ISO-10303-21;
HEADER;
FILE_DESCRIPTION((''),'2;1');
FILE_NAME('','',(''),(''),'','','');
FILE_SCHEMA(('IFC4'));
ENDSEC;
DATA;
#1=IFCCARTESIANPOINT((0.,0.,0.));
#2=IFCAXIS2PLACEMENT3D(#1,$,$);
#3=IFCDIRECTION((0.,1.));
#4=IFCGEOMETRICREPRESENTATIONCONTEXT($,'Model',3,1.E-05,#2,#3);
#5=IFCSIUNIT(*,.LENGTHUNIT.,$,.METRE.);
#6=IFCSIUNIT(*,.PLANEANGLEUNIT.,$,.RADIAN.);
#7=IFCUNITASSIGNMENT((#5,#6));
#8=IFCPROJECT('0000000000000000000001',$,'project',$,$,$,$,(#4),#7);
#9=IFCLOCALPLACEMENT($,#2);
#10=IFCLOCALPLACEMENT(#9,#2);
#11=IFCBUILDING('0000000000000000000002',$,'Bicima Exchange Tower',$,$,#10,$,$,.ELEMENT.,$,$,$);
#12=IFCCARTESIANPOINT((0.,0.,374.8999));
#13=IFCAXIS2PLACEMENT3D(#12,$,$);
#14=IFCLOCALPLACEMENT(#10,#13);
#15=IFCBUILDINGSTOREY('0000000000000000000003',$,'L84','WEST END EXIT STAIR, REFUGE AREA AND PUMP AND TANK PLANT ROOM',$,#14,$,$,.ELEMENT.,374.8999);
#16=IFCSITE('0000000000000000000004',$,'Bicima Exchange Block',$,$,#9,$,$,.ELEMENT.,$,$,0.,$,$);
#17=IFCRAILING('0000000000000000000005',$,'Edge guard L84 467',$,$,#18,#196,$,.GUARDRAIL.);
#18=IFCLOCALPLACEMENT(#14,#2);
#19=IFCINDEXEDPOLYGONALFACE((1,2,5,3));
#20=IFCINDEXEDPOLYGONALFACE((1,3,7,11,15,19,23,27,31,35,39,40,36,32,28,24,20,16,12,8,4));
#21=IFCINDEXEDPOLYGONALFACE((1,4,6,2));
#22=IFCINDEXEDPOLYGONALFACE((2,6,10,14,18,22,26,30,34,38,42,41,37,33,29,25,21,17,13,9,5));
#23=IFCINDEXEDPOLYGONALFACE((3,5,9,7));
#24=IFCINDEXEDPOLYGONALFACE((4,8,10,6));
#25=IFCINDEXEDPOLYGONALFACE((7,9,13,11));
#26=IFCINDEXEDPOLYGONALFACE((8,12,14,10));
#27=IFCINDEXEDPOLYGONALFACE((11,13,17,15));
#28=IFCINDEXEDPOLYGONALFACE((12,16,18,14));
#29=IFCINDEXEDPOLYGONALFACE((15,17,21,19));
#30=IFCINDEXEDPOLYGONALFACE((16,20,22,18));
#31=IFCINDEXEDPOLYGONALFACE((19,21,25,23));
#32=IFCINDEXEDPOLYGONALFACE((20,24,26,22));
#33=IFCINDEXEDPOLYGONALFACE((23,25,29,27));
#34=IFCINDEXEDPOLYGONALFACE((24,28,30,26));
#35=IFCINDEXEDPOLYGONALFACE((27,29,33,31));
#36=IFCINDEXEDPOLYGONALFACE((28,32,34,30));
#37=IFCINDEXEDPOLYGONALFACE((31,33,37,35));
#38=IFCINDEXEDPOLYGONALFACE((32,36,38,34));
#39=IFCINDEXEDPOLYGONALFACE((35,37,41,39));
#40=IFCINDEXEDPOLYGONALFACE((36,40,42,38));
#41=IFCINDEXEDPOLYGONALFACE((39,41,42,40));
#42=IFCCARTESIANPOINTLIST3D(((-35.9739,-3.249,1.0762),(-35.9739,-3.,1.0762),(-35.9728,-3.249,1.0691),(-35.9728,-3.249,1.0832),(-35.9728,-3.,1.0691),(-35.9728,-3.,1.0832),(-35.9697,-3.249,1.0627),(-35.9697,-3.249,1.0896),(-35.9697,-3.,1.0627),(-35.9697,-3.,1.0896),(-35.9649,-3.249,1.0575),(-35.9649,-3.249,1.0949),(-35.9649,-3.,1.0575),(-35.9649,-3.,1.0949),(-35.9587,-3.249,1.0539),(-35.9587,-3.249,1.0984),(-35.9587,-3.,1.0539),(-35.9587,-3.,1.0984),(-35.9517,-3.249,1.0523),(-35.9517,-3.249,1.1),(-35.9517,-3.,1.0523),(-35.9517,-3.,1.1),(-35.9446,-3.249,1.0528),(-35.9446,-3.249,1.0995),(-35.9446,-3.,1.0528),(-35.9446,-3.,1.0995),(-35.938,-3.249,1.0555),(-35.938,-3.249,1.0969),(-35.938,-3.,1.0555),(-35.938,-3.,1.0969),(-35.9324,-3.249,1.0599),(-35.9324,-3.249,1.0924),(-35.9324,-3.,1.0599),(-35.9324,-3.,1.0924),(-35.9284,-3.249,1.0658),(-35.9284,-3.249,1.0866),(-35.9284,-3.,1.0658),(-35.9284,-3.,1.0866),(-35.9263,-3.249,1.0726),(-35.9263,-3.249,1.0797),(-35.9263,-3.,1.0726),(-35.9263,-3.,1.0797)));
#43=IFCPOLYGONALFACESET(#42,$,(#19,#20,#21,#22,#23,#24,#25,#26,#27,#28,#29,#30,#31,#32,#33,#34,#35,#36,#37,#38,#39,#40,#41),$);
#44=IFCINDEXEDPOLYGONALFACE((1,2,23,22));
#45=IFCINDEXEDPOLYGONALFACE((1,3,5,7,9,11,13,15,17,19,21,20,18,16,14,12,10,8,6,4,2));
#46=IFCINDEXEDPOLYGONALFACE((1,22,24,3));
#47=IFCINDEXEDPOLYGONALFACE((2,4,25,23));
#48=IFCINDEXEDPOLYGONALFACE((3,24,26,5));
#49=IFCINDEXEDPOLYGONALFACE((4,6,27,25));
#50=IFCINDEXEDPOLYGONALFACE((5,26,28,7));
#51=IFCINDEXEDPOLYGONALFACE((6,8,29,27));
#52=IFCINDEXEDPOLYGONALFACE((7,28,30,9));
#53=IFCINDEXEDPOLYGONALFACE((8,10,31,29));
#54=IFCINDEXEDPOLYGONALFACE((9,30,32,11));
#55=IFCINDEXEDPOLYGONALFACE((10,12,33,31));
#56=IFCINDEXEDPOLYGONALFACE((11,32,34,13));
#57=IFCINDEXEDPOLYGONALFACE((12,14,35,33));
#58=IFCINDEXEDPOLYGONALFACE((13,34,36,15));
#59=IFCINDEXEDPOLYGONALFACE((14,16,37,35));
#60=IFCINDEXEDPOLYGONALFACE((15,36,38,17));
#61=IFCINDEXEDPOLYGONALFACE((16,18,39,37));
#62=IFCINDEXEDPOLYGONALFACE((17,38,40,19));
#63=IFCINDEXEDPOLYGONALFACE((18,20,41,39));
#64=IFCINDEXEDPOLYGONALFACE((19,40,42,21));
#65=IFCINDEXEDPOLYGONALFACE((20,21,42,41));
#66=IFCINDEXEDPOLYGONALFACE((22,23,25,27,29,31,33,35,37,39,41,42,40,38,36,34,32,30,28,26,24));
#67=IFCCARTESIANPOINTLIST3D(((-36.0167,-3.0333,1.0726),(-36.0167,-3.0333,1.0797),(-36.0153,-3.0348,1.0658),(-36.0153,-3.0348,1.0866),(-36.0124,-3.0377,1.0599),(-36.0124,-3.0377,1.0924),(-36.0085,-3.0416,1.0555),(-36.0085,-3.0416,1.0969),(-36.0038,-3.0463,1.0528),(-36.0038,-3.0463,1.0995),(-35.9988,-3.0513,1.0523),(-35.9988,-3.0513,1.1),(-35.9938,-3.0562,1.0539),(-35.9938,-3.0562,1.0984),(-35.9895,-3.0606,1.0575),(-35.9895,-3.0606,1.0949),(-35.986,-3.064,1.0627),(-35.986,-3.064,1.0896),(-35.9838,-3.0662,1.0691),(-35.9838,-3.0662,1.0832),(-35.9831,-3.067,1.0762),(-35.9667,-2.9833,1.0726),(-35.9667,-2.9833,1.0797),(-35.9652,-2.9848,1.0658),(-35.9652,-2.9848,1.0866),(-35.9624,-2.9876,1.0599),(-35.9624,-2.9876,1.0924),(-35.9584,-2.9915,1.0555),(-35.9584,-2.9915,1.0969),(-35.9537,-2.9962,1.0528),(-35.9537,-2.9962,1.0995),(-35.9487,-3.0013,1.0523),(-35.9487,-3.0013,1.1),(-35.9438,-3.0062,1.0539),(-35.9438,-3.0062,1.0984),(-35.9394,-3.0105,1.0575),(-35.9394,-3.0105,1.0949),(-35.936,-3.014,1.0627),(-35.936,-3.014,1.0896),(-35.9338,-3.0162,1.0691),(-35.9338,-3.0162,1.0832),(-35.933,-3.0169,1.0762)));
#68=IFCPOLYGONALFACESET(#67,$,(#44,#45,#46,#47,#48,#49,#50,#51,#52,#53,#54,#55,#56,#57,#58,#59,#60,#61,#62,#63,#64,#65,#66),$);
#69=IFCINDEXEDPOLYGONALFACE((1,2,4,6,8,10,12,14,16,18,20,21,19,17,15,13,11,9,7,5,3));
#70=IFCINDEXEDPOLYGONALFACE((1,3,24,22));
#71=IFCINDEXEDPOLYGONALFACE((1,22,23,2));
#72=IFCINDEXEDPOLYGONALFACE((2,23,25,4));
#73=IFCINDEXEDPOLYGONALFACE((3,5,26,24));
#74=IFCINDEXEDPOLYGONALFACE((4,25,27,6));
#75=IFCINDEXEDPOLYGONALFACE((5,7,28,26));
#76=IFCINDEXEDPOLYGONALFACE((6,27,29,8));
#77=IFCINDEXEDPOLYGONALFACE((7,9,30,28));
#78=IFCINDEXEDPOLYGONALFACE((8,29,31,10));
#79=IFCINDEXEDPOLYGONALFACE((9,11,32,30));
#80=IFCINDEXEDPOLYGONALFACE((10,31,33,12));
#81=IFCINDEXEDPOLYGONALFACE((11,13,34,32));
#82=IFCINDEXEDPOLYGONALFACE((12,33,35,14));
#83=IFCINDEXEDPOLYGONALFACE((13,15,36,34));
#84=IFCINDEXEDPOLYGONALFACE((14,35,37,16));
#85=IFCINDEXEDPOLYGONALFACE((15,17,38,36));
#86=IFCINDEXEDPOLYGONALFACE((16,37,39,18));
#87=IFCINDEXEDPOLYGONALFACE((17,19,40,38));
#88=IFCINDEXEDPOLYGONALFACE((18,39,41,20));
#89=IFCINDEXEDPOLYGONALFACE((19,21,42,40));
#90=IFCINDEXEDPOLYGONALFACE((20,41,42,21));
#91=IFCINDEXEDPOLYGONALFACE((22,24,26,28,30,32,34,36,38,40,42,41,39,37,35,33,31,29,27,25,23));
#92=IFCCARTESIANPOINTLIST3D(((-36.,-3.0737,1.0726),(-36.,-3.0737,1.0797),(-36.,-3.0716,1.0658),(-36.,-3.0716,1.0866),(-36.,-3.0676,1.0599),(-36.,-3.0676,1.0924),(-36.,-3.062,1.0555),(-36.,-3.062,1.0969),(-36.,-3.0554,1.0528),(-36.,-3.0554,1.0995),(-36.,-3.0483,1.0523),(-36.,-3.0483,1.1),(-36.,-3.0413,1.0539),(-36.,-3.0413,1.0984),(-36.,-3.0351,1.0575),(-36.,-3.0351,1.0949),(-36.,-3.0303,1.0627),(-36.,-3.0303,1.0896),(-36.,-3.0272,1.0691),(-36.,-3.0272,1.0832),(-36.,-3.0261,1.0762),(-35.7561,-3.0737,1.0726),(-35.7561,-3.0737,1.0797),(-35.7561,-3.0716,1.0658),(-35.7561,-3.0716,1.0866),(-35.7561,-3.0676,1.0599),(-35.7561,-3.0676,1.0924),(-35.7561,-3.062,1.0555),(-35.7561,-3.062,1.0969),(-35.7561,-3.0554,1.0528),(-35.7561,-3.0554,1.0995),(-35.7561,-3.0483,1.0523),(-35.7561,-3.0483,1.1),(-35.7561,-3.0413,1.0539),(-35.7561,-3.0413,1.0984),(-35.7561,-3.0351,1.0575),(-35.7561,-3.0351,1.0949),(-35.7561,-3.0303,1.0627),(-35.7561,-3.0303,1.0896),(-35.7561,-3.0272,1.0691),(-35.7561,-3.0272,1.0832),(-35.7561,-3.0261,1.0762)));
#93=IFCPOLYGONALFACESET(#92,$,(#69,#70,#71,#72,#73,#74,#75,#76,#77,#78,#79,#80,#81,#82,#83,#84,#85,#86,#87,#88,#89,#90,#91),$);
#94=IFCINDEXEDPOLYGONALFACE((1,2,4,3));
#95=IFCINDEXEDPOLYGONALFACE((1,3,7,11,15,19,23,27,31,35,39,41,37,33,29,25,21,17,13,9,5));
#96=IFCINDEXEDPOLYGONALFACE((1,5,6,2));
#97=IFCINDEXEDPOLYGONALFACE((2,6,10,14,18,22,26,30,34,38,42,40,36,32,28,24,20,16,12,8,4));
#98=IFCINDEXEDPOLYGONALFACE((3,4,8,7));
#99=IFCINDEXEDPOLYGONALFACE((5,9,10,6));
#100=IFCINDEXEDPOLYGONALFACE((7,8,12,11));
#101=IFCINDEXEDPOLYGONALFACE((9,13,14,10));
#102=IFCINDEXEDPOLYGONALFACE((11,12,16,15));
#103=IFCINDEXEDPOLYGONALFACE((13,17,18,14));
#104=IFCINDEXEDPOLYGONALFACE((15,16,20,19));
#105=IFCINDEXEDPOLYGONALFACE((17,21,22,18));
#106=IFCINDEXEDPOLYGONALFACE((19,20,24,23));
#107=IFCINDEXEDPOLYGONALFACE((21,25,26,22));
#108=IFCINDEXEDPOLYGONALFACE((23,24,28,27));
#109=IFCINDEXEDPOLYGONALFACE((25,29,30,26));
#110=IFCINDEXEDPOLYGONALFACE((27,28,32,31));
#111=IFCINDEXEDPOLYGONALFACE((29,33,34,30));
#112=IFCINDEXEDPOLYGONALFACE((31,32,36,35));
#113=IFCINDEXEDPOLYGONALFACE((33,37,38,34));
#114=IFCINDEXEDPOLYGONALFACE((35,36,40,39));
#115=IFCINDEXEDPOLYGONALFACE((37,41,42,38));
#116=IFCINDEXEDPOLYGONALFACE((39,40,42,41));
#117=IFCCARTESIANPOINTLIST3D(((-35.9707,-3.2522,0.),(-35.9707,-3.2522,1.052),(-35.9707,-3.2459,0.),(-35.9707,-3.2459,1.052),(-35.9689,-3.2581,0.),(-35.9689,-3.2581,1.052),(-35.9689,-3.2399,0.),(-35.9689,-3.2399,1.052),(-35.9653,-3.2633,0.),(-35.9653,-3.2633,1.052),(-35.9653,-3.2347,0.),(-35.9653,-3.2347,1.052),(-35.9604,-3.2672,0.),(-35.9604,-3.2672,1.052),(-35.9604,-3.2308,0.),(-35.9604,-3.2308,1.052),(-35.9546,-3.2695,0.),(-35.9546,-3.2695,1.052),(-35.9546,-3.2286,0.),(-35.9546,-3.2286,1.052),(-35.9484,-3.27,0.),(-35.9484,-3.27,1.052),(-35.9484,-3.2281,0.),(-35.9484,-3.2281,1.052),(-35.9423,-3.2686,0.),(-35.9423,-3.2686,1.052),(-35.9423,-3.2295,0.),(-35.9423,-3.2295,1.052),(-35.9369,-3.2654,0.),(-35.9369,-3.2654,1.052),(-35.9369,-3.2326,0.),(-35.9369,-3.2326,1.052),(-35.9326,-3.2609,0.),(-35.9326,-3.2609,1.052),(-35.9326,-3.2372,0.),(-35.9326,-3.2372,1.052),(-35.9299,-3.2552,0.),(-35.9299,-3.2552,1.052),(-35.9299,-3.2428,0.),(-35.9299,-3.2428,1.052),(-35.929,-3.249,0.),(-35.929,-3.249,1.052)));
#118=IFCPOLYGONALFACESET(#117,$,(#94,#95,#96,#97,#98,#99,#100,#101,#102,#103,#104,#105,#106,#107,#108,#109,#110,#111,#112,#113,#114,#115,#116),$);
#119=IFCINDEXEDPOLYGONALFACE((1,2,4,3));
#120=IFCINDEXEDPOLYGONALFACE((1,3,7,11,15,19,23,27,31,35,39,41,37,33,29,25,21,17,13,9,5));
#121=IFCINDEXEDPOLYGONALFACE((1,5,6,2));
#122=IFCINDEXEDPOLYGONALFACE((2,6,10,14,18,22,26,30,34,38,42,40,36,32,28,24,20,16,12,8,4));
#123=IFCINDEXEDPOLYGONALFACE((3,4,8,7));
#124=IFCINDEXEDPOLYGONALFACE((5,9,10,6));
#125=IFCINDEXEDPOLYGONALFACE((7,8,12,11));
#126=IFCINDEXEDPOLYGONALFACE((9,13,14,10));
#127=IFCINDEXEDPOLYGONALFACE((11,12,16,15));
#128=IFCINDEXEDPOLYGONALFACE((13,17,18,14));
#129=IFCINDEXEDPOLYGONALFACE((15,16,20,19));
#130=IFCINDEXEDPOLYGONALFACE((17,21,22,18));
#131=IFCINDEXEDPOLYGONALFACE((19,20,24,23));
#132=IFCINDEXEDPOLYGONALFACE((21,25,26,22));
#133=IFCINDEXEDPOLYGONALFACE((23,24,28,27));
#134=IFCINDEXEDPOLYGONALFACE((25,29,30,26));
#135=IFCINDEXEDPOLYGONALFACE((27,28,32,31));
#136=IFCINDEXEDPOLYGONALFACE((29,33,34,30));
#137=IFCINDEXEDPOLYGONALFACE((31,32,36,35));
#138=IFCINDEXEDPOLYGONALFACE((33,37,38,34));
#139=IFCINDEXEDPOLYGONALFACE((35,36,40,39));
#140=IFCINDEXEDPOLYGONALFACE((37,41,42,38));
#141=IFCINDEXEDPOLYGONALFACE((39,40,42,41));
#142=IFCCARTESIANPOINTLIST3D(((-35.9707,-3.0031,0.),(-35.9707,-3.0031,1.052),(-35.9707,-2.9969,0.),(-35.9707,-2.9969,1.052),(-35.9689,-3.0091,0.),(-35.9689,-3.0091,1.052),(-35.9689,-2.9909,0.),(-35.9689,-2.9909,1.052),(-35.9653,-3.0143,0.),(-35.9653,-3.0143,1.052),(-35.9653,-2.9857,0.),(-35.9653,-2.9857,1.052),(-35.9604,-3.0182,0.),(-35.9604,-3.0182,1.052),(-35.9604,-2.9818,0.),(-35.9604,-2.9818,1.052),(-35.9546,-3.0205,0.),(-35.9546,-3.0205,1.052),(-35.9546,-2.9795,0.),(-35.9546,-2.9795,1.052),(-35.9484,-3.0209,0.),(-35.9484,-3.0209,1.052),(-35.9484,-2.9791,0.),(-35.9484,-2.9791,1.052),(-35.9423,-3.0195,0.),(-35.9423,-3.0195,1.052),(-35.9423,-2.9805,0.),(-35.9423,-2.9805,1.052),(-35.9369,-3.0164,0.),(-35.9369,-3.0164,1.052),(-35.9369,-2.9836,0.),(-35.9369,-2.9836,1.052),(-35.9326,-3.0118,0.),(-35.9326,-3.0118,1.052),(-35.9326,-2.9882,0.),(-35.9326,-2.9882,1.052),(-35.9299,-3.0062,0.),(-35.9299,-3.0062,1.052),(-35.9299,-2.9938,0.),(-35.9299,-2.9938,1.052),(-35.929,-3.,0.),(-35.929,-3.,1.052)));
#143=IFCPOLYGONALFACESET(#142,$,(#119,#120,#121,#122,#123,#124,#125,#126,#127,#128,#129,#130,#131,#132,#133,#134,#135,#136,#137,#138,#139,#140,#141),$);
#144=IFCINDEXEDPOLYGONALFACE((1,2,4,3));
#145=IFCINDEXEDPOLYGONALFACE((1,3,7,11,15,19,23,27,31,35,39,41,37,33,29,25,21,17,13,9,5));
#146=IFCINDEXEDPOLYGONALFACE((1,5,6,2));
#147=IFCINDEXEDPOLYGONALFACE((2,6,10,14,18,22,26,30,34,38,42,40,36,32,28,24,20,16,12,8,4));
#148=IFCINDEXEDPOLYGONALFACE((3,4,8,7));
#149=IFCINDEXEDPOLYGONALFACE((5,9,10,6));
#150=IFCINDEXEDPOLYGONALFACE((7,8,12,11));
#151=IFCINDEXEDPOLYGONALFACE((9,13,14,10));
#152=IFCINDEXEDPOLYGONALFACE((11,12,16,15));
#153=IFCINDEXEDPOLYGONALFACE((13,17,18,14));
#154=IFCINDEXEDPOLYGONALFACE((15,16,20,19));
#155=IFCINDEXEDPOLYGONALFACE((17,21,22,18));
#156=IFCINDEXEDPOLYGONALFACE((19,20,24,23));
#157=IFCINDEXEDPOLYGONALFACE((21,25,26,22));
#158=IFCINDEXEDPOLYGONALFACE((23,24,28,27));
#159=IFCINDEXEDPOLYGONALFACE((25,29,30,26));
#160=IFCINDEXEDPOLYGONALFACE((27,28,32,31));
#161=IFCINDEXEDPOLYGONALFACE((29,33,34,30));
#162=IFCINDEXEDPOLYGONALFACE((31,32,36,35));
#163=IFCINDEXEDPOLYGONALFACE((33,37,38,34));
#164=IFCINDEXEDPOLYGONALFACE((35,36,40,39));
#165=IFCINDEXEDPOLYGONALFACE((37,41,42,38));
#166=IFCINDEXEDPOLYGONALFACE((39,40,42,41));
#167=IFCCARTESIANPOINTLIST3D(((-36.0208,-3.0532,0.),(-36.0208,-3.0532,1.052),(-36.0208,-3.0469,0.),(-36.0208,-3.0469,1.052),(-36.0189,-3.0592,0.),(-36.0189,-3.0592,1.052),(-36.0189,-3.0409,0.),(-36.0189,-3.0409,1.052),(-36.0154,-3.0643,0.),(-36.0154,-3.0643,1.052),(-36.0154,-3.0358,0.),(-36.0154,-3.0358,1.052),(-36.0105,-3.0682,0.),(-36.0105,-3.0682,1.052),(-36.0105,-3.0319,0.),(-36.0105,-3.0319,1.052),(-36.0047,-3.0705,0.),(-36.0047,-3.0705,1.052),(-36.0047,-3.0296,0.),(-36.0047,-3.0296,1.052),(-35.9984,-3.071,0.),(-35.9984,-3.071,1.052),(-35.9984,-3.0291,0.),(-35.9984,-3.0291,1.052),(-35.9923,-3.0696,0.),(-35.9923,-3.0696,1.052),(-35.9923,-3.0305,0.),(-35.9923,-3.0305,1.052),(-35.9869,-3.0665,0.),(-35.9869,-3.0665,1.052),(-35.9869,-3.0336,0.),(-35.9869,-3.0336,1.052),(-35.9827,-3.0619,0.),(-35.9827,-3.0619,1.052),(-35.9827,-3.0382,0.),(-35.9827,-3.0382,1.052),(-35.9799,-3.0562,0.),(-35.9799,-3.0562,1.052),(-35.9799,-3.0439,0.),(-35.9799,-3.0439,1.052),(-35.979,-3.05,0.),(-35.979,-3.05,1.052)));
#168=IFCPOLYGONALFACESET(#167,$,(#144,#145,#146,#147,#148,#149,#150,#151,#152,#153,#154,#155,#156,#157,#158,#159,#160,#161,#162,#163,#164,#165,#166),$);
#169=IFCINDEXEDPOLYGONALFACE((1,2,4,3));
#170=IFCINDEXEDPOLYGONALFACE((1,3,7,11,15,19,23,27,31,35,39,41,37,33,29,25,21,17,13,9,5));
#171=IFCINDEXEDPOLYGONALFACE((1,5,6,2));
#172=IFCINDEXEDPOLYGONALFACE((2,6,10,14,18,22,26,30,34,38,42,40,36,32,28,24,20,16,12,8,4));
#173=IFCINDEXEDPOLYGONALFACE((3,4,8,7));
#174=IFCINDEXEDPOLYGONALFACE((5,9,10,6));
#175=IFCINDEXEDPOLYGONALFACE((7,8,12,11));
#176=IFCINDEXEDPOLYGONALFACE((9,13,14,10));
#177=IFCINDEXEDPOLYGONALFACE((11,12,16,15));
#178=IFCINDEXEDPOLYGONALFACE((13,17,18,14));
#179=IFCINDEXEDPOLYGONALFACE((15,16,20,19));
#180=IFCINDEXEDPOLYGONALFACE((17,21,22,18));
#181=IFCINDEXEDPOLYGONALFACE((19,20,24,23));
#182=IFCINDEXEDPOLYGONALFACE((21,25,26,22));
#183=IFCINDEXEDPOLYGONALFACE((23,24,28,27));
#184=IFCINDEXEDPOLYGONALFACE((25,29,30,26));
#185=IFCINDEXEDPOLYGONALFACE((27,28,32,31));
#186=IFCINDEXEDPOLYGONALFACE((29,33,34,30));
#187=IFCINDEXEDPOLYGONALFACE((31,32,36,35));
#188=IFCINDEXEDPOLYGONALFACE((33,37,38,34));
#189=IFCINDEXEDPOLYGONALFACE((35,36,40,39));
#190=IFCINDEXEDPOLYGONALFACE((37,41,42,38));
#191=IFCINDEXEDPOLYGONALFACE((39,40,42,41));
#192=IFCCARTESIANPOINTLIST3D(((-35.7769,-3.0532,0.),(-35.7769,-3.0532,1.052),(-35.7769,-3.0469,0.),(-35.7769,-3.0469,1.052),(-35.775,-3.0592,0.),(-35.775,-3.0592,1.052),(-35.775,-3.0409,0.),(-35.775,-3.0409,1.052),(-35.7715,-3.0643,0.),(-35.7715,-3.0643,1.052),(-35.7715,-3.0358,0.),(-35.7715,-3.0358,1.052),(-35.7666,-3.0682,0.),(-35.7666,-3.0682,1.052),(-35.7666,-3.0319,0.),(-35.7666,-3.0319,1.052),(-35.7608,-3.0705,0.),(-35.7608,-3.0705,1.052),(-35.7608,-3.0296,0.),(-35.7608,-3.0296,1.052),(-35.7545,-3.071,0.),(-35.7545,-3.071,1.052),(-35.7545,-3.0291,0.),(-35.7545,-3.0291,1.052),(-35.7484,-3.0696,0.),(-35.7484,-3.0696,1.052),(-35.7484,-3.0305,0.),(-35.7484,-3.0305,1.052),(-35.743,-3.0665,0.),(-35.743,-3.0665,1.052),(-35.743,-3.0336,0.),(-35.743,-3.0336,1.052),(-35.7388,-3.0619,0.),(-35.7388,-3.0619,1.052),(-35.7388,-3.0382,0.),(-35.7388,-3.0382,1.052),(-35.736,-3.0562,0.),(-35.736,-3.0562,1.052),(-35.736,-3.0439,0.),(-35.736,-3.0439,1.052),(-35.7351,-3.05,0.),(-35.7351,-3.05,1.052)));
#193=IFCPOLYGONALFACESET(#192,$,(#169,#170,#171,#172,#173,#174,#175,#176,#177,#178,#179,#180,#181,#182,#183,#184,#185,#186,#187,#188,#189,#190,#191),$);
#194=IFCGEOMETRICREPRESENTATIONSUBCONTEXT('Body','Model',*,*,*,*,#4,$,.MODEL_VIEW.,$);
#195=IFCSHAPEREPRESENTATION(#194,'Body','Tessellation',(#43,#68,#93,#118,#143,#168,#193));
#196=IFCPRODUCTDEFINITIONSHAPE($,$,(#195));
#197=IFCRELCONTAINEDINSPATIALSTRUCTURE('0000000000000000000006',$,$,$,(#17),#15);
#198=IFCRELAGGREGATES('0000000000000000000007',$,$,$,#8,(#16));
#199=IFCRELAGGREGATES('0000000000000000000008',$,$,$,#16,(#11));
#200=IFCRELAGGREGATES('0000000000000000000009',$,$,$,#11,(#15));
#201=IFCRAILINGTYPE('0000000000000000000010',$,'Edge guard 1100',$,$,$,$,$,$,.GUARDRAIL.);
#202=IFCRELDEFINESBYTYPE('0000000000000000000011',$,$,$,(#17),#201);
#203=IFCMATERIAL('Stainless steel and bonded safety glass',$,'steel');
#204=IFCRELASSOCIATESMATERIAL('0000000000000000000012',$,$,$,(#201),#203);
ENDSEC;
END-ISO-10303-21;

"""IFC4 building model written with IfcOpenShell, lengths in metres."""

from ifc_helpers import new_model, si_unit, direction, frame, origin, origin_2d, place, context, subcontext, project, spatial, circle, extrude, material, type_object, element, save


model = new_model("IFC4")

# Units and contexts
model_context = context("Model", 3, precision=1e-05, world=origin(), true_north=direction((0.0, 1.0)))
body_context = subcontext(model_context, "Body", "Model", "MODEL_VIEW")
ifc_project = project(units=[si_unit("LENGTHUNIT", "METRE"), si_unit("PLANEANGLEUNIT", "RADIAN")], contexts=[model_context])

# Site, building, storey
site_placement = place(None, origin())
site = spatial("IfcSite", under=ifc_project, at=site_placement, Name="Bicima Exchange Block", CompositionType="ELEMENT", RefElevation=0.0)
building_placement = place(site_placement, origin())
building = spatial("IfcBuilding", under=site, at=building_placement, Name="Bicima Exchange Tower", CompositionType="ELEMENT")
storey_placement = place(building_placement, frame((0.0, 0.0, 374.8999)))
storey = spatial("IfcBuildingStorey", under=building, at=storey_placement, Name="L84", Description="WEST END EXIT STAIR, REFUGE AREA AND PUMP AND TANK PLANT ROOM", CompositionType="ELEMENT", Elevation=374.8999)

# Railing
ifc_material_1 = material(Name="Stainless steel and bonded safety glass", Category="steel")
railing_type = type_object("IfcRailingType", Name="Edge guard 1100", PredefinedType="GUARDRAIL", material=ifc_material_1)
railing_1_placement = place(storey_placement, frame((-35.95, -3.249, 0.0)))
element("IfcRailing", 1, at=railing_1_placement, inside=storey, type_object=railing_type, Name="Edge guard L84 467", PredefinedType="GUARDRAIL", context=body_context, shape_type="SweptSolid", body=[
    extrude(circle(Radius=0.0239, at=origin_2d()), frame((0.0, 0.0, 1.0762), z_axis=(0.0, 1.0, 0.0), x_axis=(-1.0, 0.0, 0.0)), (0.0, 0.0, 1.0), 0.249),
    extrude(circle(Radius=0.0239, at=origin_2d()), frame((0.0, 0.249, 1.0762), z_axis=(-0.707107, -0.707107, 0.0), x_axis=(0.707107, -0.707107, 0.0)), (0.0, 0.0, 1.0), 0.0708),
    extrude(circle(Radius=0.0239, at=origin_2d()), frame((-0.05, 0.199, 1.0762), z_axis=(1.0, 0.0, 0.0), x_axis=(0.0, 1.0, 0.0)), (0.0, 0.0, 1.0), 0.2439),
    extrude(circle(Radius=0.021, at=origin_2d()), origin(), (0.0, 0.0, 1.0), 1.052),
    extrude(circle(Radius=0.021, at=origin_2d()), frame((0.0, 0.249, 0.0)), (0.0, 0.0, 1.0), 1.052),
    extrude(circle(Radius=0.021, at=origin_2d()), frame((-0.05, 0.199, 0.0)), (0.0, 0.0, 1.0), 1.052),
    extrude(circle(Radius=0.021, at=origin_2d()), frame((0.1938, 0.199, 0.0)), (0.0, 0.0, 1.0), 1.052),
])

save(model, "model.ifc")
